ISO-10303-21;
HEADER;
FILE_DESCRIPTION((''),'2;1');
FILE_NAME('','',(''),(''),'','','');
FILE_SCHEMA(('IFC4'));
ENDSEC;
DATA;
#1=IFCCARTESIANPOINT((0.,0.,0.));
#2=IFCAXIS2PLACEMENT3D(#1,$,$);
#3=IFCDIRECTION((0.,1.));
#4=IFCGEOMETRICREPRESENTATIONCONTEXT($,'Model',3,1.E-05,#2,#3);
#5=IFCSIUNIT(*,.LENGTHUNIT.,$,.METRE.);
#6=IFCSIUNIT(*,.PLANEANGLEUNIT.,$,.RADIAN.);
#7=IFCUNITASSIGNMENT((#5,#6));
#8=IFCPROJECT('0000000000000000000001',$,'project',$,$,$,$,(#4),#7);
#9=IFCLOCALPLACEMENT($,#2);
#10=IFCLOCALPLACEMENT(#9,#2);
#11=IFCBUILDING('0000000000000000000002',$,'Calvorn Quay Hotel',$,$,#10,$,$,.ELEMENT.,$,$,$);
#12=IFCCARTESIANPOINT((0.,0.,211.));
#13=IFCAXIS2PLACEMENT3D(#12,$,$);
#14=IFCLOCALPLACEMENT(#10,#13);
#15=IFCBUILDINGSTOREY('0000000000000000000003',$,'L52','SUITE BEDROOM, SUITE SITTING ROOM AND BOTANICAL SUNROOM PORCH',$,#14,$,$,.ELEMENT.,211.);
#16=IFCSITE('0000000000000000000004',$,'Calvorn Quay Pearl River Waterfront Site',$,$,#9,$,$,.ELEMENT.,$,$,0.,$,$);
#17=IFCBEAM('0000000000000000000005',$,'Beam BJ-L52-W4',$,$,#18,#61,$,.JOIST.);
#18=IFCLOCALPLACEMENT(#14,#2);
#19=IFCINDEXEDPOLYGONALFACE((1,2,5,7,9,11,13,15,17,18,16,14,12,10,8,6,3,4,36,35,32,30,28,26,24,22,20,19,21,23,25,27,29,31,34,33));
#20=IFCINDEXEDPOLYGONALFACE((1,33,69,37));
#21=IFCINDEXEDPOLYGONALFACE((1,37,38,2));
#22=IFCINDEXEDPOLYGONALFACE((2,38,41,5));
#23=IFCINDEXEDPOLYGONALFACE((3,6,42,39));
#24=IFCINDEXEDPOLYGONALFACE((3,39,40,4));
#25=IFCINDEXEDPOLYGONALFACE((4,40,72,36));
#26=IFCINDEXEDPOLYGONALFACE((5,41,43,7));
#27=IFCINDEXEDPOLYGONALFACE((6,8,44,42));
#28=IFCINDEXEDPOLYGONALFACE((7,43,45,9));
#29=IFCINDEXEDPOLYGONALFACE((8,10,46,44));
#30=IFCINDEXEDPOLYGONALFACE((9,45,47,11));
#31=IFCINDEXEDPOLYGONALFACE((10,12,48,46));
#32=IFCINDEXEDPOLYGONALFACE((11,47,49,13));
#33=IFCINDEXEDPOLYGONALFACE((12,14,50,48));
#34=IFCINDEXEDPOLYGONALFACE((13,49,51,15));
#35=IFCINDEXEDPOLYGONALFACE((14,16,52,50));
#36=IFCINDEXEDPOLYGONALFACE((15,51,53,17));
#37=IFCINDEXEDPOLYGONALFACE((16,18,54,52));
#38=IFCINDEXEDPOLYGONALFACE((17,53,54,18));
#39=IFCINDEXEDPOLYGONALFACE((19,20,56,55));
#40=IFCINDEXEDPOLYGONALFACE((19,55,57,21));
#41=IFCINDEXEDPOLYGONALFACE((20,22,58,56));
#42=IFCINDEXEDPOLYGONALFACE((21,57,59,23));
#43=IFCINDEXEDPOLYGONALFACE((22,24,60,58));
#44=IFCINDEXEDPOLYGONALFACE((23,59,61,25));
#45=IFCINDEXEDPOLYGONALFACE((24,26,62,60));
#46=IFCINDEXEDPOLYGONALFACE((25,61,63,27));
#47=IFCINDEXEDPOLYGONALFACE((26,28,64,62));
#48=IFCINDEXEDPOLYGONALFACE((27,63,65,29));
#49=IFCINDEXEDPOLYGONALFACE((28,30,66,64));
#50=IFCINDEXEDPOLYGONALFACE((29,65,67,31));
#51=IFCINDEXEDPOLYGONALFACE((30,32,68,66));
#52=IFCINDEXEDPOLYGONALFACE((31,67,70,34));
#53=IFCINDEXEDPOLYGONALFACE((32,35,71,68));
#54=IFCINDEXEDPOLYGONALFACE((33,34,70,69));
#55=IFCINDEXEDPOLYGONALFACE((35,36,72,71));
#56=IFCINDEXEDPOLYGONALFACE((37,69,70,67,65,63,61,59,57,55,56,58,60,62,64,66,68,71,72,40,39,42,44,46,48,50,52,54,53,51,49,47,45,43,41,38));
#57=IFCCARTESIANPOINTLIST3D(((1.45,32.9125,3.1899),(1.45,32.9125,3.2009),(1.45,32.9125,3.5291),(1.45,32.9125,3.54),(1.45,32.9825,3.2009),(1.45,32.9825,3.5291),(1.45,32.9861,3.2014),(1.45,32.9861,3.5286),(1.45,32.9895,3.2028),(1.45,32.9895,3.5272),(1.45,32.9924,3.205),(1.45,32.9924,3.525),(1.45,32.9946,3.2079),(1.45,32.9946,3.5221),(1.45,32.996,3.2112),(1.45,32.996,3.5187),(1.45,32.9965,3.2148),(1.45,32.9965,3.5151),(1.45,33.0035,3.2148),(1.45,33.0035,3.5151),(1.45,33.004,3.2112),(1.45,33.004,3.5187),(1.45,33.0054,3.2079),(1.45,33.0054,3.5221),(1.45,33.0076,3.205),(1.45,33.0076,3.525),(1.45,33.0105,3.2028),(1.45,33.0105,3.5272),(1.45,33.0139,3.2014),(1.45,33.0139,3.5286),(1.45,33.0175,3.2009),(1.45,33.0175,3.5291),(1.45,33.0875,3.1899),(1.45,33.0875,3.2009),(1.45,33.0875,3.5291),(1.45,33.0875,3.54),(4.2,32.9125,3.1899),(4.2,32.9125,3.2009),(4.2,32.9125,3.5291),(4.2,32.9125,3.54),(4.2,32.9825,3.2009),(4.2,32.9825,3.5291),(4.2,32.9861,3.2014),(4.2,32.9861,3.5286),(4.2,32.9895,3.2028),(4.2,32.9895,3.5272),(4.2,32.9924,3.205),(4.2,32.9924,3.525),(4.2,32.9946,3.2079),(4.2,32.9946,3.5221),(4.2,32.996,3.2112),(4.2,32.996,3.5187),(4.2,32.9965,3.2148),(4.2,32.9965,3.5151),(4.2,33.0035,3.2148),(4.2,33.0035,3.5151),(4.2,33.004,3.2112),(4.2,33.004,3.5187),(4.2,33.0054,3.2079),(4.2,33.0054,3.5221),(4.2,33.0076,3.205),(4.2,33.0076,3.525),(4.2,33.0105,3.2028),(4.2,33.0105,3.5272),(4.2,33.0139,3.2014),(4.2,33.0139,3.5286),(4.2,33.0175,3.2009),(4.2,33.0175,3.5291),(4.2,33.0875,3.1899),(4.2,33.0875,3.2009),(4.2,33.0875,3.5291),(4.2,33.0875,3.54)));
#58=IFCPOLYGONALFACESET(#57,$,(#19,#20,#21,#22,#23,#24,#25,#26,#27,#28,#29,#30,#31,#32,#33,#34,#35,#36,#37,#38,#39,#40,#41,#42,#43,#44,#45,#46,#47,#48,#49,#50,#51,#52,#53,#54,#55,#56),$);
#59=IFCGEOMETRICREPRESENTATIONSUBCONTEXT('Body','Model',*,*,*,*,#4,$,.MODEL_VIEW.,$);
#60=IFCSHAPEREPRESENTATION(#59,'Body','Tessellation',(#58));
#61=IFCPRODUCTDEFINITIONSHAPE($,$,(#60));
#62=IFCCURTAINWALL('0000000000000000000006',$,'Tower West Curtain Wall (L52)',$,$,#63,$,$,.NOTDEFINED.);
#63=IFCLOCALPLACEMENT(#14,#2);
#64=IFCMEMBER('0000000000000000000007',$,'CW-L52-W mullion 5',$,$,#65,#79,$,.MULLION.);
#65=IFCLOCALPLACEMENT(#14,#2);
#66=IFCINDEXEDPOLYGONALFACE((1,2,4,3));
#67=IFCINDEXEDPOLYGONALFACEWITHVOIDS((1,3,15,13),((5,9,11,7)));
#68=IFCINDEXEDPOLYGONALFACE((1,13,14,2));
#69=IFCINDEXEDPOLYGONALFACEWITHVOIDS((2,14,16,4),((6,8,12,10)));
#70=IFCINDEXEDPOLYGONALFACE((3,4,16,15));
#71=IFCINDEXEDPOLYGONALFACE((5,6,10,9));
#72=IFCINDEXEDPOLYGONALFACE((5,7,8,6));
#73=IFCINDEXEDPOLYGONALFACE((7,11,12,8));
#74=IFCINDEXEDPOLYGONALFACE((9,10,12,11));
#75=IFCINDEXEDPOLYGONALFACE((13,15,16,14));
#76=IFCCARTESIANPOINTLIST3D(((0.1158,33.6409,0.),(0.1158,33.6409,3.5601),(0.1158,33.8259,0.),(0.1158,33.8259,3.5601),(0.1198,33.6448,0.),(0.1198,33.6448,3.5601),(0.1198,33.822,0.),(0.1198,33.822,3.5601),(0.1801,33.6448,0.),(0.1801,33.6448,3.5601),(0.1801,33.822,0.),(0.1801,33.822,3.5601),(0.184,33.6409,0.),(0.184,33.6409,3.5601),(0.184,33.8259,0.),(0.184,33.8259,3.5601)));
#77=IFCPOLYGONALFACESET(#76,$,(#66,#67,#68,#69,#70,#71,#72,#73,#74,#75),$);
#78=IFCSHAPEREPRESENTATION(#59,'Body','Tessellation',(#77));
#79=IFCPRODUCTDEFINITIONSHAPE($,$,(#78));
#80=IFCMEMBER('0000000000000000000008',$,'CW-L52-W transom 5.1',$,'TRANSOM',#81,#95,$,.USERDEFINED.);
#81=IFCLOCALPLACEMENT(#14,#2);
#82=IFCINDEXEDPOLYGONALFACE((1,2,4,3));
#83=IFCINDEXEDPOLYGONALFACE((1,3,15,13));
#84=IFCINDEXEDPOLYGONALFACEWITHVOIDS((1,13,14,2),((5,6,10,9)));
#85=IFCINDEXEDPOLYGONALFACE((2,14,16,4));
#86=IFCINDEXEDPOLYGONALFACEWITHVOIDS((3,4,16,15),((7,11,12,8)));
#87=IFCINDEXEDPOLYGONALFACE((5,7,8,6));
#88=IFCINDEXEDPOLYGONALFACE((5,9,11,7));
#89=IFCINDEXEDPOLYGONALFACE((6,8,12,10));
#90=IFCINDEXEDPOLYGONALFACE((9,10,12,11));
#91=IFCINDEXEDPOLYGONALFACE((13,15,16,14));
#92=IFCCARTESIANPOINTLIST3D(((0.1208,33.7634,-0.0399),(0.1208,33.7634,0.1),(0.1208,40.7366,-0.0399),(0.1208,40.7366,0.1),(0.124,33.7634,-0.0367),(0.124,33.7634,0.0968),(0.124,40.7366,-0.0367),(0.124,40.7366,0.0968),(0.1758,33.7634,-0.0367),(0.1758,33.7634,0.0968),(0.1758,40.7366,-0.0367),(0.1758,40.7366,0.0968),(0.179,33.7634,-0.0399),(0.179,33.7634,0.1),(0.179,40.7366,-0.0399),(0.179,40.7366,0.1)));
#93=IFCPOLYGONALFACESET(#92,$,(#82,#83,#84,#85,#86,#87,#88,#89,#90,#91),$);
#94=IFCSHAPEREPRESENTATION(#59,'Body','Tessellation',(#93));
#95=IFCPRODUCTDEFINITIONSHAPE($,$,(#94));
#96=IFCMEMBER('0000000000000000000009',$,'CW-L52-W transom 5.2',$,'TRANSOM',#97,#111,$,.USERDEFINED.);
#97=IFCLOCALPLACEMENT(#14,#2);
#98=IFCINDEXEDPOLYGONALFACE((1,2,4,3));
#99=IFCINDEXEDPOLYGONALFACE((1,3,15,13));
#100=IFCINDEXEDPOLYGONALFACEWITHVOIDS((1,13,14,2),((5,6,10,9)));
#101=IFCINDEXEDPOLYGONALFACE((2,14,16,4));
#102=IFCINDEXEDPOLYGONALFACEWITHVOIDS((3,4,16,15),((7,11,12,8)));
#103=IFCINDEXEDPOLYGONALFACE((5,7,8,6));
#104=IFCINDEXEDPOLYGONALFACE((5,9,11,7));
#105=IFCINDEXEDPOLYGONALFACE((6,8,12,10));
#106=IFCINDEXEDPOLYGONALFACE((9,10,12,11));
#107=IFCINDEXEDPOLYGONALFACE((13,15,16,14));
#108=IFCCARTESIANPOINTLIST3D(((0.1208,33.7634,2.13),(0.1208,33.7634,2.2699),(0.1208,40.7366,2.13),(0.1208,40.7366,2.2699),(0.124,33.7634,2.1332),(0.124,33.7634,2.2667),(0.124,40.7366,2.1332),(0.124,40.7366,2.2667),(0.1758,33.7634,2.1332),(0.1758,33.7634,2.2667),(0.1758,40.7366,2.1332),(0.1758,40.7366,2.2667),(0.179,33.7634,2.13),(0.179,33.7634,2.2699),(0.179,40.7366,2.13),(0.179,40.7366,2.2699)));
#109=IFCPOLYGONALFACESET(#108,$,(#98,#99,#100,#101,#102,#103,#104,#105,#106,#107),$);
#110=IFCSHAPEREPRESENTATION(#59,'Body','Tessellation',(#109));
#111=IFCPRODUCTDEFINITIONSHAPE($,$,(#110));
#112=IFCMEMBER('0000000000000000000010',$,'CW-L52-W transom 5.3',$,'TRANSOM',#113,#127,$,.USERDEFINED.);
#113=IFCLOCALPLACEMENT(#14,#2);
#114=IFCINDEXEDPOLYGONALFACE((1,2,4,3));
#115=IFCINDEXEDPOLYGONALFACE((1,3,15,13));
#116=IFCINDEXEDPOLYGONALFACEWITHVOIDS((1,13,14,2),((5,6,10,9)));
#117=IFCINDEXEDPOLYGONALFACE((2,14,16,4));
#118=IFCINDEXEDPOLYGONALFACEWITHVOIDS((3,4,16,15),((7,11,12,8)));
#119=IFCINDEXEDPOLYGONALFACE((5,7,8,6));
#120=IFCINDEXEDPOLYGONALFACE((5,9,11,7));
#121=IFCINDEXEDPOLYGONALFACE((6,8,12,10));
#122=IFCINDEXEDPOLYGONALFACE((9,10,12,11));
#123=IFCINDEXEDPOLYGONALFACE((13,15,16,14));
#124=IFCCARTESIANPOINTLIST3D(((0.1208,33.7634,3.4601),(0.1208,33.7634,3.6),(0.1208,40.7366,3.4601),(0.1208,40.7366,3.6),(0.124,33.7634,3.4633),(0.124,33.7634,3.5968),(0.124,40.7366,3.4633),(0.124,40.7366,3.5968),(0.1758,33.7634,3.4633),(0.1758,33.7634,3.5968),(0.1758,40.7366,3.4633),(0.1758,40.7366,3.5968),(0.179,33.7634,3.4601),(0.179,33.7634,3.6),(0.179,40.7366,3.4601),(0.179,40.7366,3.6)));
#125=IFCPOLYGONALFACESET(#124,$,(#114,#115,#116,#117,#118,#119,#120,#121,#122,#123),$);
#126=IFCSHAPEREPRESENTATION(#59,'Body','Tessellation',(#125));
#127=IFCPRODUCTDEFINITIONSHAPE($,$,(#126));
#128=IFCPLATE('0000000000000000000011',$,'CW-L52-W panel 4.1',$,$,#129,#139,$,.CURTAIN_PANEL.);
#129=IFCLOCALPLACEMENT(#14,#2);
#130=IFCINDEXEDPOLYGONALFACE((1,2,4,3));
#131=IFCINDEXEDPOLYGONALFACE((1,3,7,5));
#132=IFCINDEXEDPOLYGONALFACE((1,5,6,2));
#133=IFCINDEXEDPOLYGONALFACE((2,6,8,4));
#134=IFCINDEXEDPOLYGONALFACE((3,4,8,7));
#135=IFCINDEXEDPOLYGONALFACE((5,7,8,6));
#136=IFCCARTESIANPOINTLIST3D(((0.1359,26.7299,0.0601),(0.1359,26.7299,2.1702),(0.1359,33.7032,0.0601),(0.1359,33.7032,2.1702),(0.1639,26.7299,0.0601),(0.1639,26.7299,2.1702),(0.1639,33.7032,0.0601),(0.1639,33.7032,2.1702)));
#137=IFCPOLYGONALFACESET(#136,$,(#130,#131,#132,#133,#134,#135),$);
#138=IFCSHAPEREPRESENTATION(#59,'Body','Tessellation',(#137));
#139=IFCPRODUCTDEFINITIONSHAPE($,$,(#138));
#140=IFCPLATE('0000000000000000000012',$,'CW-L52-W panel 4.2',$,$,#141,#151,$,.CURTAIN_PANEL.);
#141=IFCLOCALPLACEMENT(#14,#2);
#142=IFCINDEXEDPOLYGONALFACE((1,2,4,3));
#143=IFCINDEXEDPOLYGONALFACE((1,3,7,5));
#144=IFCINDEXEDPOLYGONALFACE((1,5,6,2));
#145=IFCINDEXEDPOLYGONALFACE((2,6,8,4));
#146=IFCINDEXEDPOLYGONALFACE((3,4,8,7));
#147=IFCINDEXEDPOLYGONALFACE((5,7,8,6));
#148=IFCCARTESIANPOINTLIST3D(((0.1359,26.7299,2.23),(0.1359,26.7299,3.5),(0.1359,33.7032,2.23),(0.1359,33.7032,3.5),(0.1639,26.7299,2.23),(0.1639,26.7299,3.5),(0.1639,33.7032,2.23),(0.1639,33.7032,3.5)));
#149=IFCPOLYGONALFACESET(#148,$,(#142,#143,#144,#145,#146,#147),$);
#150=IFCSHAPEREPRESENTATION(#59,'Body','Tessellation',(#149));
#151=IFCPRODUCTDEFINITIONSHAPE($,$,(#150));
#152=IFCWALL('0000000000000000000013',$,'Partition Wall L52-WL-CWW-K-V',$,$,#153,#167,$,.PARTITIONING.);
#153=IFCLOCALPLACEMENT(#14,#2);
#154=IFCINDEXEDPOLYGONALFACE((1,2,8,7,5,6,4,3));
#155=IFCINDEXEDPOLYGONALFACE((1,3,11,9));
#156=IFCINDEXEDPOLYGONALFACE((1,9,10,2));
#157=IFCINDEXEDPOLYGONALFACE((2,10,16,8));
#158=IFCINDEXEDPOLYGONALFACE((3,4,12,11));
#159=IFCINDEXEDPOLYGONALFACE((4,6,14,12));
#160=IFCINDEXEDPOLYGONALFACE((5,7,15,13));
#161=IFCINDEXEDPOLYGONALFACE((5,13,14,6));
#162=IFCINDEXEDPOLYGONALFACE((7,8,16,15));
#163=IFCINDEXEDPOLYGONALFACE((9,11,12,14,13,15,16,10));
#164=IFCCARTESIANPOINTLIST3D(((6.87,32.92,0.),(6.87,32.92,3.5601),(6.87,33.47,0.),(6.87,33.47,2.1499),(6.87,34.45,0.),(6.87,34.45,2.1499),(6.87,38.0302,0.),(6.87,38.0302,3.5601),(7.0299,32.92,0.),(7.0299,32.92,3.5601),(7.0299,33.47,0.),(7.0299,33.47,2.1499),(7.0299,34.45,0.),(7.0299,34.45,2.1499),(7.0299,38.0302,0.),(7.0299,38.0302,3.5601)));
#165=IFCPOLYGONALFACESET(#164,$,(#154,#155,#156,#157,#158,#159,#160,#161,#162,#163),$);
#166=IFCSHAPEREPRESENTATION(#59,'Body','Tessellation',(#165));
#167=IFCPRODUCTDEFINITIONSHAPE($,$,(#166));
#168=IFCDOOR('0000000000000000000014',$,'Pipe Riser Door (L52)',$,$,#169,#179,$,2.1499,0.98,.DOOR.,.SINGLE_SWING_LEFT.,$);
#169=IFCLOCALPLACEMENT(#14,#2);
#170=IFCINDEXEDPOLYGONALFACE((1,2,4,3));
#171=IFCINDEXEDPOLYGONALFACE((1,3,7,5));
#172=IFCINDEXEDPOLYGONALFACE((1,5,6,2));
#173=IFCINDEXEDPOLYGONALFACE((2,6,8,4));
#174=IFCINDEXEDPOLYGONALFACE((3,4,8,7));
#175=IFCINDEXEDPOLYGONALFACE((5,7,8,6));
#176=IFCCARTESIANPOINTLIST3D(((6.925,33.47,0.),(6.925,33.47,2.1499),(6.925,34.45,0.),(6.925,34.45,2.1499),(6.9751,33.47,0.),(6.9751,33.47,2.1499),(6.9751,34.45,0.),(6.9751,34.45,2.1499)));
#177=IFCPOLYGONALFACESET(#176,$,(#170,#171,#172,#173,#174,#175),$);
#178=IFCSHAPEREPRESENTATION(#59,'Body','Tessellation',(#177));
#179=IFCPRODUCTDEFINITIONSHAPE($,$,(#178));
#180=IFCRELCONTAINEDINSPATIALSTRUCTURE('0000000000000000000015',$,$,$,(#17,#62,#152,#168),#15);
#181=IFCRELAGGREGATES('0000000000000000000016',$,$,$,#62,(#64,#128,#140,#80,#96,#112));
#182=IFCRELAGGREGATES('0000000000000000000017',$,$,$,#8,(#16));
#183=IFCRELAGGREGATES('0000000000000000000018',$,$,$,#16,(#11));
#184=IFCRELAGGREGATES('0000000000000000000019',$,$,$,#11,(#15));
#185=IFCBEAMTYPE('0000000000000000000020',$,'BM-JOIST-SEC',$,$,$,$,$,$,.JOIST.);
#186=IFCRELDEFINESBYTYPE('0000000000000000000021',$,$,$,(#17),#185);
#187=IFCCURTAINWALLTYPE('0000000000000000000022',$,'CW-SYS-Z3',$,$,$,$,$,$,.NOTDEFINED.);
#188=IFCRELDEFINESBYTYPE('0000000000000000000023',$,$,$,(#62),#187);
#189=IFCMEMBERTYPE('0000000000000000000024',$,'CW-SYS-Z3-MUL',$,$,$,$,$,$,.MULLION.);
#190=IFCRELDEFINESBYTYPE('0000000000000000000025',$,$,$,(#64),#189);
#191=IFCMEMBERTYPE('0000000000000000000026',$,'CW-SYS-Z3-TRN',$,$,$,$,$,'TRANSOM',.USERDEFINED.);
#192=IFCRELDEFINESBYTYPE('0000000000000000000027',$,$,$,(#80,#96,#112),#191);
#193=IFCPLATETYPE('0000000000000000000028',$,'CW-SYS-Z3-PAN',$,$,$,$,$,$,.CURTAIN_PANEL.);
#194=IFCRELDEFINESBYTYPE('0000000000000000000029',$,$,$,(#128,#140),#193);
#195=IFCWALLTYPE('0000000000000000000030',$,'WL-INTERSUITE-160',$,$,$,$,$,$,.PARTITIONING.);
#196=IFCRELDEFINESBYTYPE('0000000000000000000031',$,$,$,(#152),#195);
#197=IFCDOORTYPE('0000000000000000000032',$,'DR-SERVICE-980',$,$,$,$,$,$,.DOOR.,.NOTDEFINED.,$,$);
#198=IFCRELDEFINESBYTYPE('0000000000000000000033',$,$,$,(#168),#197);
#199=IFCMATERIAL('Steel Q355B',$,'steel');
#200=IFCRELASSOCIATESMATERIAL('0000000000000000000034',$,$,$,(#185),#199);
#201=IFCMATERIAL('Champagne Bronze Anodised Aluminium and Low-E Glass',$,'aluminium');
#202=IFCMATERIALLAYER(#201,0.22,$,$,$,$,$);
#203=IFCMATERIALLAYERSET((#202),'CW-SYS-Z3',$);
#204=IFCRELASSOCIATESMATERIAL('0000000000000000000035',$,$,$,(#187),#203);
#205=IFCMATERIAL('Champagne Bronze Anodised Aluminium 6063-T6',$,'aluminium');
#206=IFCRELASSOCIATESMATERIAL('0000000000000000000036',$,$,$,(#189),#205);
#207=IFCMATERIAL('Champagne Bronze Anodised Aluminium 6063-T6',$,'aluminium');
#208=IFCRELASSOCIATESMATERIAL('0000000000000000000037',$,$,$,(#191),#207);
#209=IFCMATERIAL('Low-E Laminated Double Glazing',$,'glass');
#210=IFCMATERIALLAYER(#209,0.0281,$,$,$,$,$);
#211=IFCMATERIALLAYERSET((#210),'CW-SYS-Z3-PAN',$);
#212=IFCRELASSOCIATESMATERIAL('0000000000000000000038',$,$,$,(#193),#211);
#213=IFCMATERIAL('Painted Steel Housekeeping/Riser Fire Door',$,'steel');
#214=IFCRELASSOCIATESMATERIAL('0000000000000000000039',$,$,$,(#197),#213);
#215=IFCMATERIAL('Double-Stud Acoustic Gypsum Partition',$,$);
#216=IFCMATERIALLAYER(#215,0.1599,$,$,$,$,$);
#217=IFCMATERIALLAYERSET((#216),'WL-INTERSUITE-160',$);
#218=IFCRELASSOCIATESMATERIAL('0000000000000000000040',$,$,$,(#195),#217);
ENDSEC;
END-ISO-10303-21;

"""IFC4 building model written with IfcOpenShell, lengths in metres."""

from ifc_helpers import new_model, si_unit, direction, frame, frame_2d, origin, origin_2d, place, context, subcontext, project, spatial, rectangle, hollow_rectangle, i_section, extrude, material, layer, layer_set, material_profile, profile_set, type_object, element, fill, aggregate, save


model = new_model("IFC4")

# Units and contexts
model_context = context("Model", 3, precision=1e-05, world=origin(), true_north=direction((0.0, 1.0)))
body_context = subcontext(model_context, "Body", "Model", "MODEL_VIEW")
ifc_project = project(units=[si_unit("LENGTHUNIT", "METRE"), si_unit("PLANEANGLEUNIT", "RADIAN")], contexts=[model_context])

# Site, building, storey
site_placement = place(None, origin())
site = spatial("IfcSite", under=ifc_project, at=site_placement, Name="Calvorn Quay Pearl River Waterfront Site", CompositionType="ELEMENT", RefElevation=0.0)
building_placement = place(site_placement, origin())
building = spatial("IfcBuilding", under=site, at=building_placement, Name="Calvorn Quay Hotel", CompositionType="ELEMENT")
storey_placement = place(building_placement, frame((0.0, 0.0, 211.0)))
storey = spatial("IfcBuildingStorey", under=building, at=storey_placement, Name="L52", Description="SUITE BEDROOM, SUITE SITTING ROOM AND BOTANICAL SUNROOM PORCH", CompositionType="ELEMENT", Elevation=211.0)

# Beam
ifc_material_1 = material(Name="Steel Q355B", Category="steel")
ifc_material_profile_1 = material_profile(ifc_material_1, i_section(OverallWidth=0.175, OverallDepth=0.3501, WebThickness=0.0071, FlangeThickness=0.011, FilletRadius=0.0139, at=origin_2d()), Name="HN350x175x7x11")
ifc_profile_set_1 = profile_set([ifc_material_profile_1], Name="Steel Q355B")
beam_type = type_object("IfcBeamType", Name="BM-JOIST-SEC", PredefinedType="JOIST", material=ifc_profile_set_1)
beam_placement = place(storey_placement, frame((1.45, 33.0, 3.365), z_axis=(1.0, 0.0, 0.0), x_axis=(0.0, 1.0, 0.0)))
element("IfcBeam", 1, at=beam_placement, inside=storey, type_object=beam_type, Name="Beam BJ-L52-W4", PredefinedType="JOIST", context=body_context, shape_type="SweptSolid", body=[
    extrude(i_section(OverallWidth=0.175, OverallDepth=0.3501, WebThickness=0.0071, FlangeThickness=0.011, FilletRadius=0.0139, at=origin_2d()), origin(), (0.0, 0.0, 1.0), 2.75),
])

# Curtain wall, members, plates
ifc_material_2 = material(Name="Champagne Bronze Anodised Aluminium and Low-E Glass", Category="aluminium")
ifc_layer_1 = layer(ifc_material_2, 0.22)
ifc_layer_set_1 = layer_set([ifc_layer_1], Name="CW-SYS-Z3")
curtain_wall_type = type_object("IfcCurtainWallType", Name="CW-SYS-Z3", PredefinedType="NOTDEFINED", material=ifc_layer_set_1)
curtain_wall_placement = place(storey_placement, origin())
curtain_wall = element("IfcCurtainWall", 2, at=curtain_wall_placement, inside=storey, type_object=curtain_wall_type, Name="Tower West Curtain Wall (L52)", PredefinedType="NOTDEFINED")
ifc_material_3 = material(Name="Champagne Bronze Anodised Aluminium 6063-T6", Category="aluminium")
ifc_material_profile_2 = material_profile(ifc_material_3, hollow_rectangle(XDim=0.0681, YDim=0.1851, WallThickness=0.0039, at=origin_2d()), Name="ALU-M185x68x4")
ifc_profile_set_2 = profile_set([ifc_material_profile_2], Name="Champagne Bronze Anodised Aluminium 6063-T6")
member_type_1 = type_object("IfcMemberType", Name="CW-SYS-Z3-MUL", PredefinedType="MULLION", material=ifc_profile_set_2)
member_1_placement = place(storey_placement, frame((0.1499, 33.7334, 0.0), z_axis=(0.0, 0.0, 1.0), x_axis=(-1.0, 0.0, 0.0)))
member_1 = element("IfcMember", 3, at=member_1_placement, type_object=member_type_1, Name="CW-L52-W mullion 5", PredefinedType="MULLION", context=body_context, shape_type="SweptSolid", body=[
    extrude(hollow_rectangle(XDim=0.0681, YDim=0.1851, WallThickness=0.0039, at=origin_2d()), origin(), (0.0, 0.0, 1.0), 3.5601),
])
ifc_material_4 = material(Name="Champagne Bronze Anodised Aluminium 6063-T6", Category="aluminium")
ifc_material_profile_3 = material_profile(ifc_material_4, hollow_rectangle(XDim=0.0581, YDim=0.1399, WallThickness=0.0032, at=origin_2d()), Name="ALU-T140x58x3.2")
ifc_profile_set_3 = profile_set([ifc_material_profile_3], Name="Champagne Bronze Anodised Aluminium 6063-T6")
member_type_2 = type_object("IfcMemberType", Name="CW-SYS-Z3-TRN", ElementType="TRANSOM", PredefinedType="USERDEFINED", material=ifc_profile_set_3)
member_2_placement = place(storey_placement, frame((0.1499, 33.7634, 0.03), z_axis=(0.0, 1.0, 0.0), x_axis=(-1.0, 0.0, 0.0)))
member_2 = element("IfcMember", 4, at=member_2_placement, type_object=member_type_2, Name="CW-L52-W transom 5.1", ObjectType="TRANSOM", PredefinedType="USERDEFINED", context=body_context, shape_type="SweptSolid", body=[
    extrude(hollow_rectangle(XDim=0.0581, YDim=0.1399, WallThickness=0.0032, at=origin_2d()), origin(), (0.0, 0.0, 1.0), 6.9731),
])
member_3_placement = place(storey_placement, frame((0.1499, 33.7634, 2.2), z_axis=(0.0, 1.0, 0.0), x_axis=(-1.0, 0.0, 0.0)))
member_3 = element("IfcMember", 5, at=member_3_placement, type_object=member_type_2, Name="CW-L52-W transom 5.2", ObjectType="TRANSOM", PredefinedType="USERDEFINED", context=body_context, shape_type="SweptSolid", body=[
    extrude(hollow_rectangle(XDim=0.0581, YDim=0.1399, WallThickness=0.0032, at=origin_2d()), origin(), (0.0, 0.0, 1.0), 6.9731),
])
member_4_placement = place(storey_placement, frame((0.1499, 33.7634, 3.53), z_axis=(0.0, 1.0, 0.0), x_axis=(-1.0, 0.0, 0.0)))
member_4 = element("IfcMember", 6, at=member_4_placement, type_object=member_type_2, Name="CW-L52-W transom 5.3", ObjectType="TRANSOM", PredefinedType="USERDEFINED", context=body_context, shape_type="SweptSolid", body=[
    extrude(hollow_rectangle(XDim=0.0581, YDim=0.1399, WallThickness=0.0032, at=origin_2d()), origin(), (0.0, 0.0, 1.0), 6.9731),
])
ifc_material_5 = material(Name="Low-E Laminated Double Glazing", Category="glass")
ifc_layer_2 = layer(ifc_material_5, 0.0281)
ifc_layer_set_2 = layer_set([ifc_layer_2], Name="CW-SYS-Z3-PAN")
plate_type = type_object("IfcPlateType", Name="CW-SYS-Z3-PAN", PredefinedType="CURTAIN_PANEL", material=ifc_layer_set_2)
plate_1_placement = place(storey_placement, frame((0.1499, 30.2166, 0.0601), z_axis=(0.0, 0.0, 1.0), x_axis=(0.0, 1.0, 0.0)))
plate_1 = element("IfcPlate", 7, at=plate_1_placement, type_object=plate_type, Name="CW-L52-W panel 4.1", PredefinedType="CURTAIN_PANEL", context=body_context, shape_type="SweptSolid", body=[
    extrude(rectangle(XDim=6.9734, YDim=0.0281, at=origin_2d()), origin(), (0.0, 0.0, 1.0), 2.1101),
])
plate_2_placement = place(storey_placement, frame((0.1499, 30.2166, 2.23), z_axis=(0.0, 0.0, 1.0), x_axis=(0.0, 1.0, 0.0)))
plate_2 = element("IfcPlate", 8, at=plate_2_placement, type_object=plate_type, Name="CW-L52-W panel 4.2", PredefinedType="CURTAIN_PANEL", context=body_context, shape_type="SweptSolid", body=[
    extrude(rectangle(XDim=6.9734, YDim=0.0281, at=origin_2d()), origin(), (0.0, 0.0, 1.0), 1.27),
])
aggregate(curtain_wall, [member_1, plate_1, plate_2, member_2, member_3, member_4])

# Wall, opening, door
ifc_material_6 = material(Name="Painted Steel Housekeeping/Riser Fire Door", Category="steel")
door_type_1 = type_object("IfcDoorType", Name="DR-SERVICE-980", OperationType="NOTDEFINED", PredefinedType="DOOR", material=ifc_material_6)
ifc_material_7 = material(Name="Double-Stud Acoustic Gypsum Partition")
ifc_layer_3 = layer(ifc_material_7, 0.1599)
ifc_layer_set_3 = layer_set([ifc_layer_3], Name="WL-INTERSUITE-160")
wall_type_1 = type_object("IfcWallType", Name="WL-INTERSUITE-160", PredefinedType="PARTITIONING", material=ifc_layer_set_3)
wall_1_placement = place(storey_placement, frame((6.95, 32.9199, 0.0), z_axis=(0.0, 0.0, 1.0), x_axis=(0.0, 1.0, 0.0)))
wall_1 = element("IfcWall", 9, at=wall_1_placement, inside=storey, type_object=wall_type_1, Name="Partition Wall L52-WL-CWW-K-V", PredefinedType="PARTITIONING", context=body_context, shape_type="SweptSolid", body=[
    extrude(rectangle(XDim=5.1101, YDim=0.1599, at=frame_2d((2.5552, 0.0))), origin(), (0.0, 0.0, 1.0), 3.5601),
])
opening_1_placement = place(wall_1_placement, frame((0.55, 0.0, 0.0)))
opening_1 = element("IfcOpeningElement", 10, at=opening_1_placement, cuts=wall_1, PredefinedType="OPENING", context=body_context, shape_type="SweptSolid", body=[
    extrude(rectangle(XDim=0.98, YDim=2.1499, at=frame_2d((0.49, 1.075))), frame((0.0, 0.0898, 0.0), z_axis=(0.0, -1.0, 0.0), x_axis=(1.0, 0.0, 0.0)), (0.0, 0.0, 1.0), 0.1799),
])
door_1_placement = place(opening_1_placement, origin())
door_1 = element("IfcDoor", 11, at=door_1_placement, inside=storey, type_object=door_type_1, Name="Pipe Riser Door (L52)", OperationType="SINGLE_SWING_LEFT", OverallHeight=2.1499, OverallWidth=0.98, PredefinedType="DOOR", context=body_context, shape_type="SweptSolid", body=[
    extrude(rectangle(XDim=0.98, YDim=2.1499, at=frame_2d((0.49, 1.075))), frame((0.0, 0.0249, 0.0), z_axis=(0.0, -1.0, 0.0), x_axis=(1.0, 0.0, 0.0)), (0.0, 0.0, 1.0), 0.05),
])
fill(opening_1, door_1)

save(model, "model.ifc")
